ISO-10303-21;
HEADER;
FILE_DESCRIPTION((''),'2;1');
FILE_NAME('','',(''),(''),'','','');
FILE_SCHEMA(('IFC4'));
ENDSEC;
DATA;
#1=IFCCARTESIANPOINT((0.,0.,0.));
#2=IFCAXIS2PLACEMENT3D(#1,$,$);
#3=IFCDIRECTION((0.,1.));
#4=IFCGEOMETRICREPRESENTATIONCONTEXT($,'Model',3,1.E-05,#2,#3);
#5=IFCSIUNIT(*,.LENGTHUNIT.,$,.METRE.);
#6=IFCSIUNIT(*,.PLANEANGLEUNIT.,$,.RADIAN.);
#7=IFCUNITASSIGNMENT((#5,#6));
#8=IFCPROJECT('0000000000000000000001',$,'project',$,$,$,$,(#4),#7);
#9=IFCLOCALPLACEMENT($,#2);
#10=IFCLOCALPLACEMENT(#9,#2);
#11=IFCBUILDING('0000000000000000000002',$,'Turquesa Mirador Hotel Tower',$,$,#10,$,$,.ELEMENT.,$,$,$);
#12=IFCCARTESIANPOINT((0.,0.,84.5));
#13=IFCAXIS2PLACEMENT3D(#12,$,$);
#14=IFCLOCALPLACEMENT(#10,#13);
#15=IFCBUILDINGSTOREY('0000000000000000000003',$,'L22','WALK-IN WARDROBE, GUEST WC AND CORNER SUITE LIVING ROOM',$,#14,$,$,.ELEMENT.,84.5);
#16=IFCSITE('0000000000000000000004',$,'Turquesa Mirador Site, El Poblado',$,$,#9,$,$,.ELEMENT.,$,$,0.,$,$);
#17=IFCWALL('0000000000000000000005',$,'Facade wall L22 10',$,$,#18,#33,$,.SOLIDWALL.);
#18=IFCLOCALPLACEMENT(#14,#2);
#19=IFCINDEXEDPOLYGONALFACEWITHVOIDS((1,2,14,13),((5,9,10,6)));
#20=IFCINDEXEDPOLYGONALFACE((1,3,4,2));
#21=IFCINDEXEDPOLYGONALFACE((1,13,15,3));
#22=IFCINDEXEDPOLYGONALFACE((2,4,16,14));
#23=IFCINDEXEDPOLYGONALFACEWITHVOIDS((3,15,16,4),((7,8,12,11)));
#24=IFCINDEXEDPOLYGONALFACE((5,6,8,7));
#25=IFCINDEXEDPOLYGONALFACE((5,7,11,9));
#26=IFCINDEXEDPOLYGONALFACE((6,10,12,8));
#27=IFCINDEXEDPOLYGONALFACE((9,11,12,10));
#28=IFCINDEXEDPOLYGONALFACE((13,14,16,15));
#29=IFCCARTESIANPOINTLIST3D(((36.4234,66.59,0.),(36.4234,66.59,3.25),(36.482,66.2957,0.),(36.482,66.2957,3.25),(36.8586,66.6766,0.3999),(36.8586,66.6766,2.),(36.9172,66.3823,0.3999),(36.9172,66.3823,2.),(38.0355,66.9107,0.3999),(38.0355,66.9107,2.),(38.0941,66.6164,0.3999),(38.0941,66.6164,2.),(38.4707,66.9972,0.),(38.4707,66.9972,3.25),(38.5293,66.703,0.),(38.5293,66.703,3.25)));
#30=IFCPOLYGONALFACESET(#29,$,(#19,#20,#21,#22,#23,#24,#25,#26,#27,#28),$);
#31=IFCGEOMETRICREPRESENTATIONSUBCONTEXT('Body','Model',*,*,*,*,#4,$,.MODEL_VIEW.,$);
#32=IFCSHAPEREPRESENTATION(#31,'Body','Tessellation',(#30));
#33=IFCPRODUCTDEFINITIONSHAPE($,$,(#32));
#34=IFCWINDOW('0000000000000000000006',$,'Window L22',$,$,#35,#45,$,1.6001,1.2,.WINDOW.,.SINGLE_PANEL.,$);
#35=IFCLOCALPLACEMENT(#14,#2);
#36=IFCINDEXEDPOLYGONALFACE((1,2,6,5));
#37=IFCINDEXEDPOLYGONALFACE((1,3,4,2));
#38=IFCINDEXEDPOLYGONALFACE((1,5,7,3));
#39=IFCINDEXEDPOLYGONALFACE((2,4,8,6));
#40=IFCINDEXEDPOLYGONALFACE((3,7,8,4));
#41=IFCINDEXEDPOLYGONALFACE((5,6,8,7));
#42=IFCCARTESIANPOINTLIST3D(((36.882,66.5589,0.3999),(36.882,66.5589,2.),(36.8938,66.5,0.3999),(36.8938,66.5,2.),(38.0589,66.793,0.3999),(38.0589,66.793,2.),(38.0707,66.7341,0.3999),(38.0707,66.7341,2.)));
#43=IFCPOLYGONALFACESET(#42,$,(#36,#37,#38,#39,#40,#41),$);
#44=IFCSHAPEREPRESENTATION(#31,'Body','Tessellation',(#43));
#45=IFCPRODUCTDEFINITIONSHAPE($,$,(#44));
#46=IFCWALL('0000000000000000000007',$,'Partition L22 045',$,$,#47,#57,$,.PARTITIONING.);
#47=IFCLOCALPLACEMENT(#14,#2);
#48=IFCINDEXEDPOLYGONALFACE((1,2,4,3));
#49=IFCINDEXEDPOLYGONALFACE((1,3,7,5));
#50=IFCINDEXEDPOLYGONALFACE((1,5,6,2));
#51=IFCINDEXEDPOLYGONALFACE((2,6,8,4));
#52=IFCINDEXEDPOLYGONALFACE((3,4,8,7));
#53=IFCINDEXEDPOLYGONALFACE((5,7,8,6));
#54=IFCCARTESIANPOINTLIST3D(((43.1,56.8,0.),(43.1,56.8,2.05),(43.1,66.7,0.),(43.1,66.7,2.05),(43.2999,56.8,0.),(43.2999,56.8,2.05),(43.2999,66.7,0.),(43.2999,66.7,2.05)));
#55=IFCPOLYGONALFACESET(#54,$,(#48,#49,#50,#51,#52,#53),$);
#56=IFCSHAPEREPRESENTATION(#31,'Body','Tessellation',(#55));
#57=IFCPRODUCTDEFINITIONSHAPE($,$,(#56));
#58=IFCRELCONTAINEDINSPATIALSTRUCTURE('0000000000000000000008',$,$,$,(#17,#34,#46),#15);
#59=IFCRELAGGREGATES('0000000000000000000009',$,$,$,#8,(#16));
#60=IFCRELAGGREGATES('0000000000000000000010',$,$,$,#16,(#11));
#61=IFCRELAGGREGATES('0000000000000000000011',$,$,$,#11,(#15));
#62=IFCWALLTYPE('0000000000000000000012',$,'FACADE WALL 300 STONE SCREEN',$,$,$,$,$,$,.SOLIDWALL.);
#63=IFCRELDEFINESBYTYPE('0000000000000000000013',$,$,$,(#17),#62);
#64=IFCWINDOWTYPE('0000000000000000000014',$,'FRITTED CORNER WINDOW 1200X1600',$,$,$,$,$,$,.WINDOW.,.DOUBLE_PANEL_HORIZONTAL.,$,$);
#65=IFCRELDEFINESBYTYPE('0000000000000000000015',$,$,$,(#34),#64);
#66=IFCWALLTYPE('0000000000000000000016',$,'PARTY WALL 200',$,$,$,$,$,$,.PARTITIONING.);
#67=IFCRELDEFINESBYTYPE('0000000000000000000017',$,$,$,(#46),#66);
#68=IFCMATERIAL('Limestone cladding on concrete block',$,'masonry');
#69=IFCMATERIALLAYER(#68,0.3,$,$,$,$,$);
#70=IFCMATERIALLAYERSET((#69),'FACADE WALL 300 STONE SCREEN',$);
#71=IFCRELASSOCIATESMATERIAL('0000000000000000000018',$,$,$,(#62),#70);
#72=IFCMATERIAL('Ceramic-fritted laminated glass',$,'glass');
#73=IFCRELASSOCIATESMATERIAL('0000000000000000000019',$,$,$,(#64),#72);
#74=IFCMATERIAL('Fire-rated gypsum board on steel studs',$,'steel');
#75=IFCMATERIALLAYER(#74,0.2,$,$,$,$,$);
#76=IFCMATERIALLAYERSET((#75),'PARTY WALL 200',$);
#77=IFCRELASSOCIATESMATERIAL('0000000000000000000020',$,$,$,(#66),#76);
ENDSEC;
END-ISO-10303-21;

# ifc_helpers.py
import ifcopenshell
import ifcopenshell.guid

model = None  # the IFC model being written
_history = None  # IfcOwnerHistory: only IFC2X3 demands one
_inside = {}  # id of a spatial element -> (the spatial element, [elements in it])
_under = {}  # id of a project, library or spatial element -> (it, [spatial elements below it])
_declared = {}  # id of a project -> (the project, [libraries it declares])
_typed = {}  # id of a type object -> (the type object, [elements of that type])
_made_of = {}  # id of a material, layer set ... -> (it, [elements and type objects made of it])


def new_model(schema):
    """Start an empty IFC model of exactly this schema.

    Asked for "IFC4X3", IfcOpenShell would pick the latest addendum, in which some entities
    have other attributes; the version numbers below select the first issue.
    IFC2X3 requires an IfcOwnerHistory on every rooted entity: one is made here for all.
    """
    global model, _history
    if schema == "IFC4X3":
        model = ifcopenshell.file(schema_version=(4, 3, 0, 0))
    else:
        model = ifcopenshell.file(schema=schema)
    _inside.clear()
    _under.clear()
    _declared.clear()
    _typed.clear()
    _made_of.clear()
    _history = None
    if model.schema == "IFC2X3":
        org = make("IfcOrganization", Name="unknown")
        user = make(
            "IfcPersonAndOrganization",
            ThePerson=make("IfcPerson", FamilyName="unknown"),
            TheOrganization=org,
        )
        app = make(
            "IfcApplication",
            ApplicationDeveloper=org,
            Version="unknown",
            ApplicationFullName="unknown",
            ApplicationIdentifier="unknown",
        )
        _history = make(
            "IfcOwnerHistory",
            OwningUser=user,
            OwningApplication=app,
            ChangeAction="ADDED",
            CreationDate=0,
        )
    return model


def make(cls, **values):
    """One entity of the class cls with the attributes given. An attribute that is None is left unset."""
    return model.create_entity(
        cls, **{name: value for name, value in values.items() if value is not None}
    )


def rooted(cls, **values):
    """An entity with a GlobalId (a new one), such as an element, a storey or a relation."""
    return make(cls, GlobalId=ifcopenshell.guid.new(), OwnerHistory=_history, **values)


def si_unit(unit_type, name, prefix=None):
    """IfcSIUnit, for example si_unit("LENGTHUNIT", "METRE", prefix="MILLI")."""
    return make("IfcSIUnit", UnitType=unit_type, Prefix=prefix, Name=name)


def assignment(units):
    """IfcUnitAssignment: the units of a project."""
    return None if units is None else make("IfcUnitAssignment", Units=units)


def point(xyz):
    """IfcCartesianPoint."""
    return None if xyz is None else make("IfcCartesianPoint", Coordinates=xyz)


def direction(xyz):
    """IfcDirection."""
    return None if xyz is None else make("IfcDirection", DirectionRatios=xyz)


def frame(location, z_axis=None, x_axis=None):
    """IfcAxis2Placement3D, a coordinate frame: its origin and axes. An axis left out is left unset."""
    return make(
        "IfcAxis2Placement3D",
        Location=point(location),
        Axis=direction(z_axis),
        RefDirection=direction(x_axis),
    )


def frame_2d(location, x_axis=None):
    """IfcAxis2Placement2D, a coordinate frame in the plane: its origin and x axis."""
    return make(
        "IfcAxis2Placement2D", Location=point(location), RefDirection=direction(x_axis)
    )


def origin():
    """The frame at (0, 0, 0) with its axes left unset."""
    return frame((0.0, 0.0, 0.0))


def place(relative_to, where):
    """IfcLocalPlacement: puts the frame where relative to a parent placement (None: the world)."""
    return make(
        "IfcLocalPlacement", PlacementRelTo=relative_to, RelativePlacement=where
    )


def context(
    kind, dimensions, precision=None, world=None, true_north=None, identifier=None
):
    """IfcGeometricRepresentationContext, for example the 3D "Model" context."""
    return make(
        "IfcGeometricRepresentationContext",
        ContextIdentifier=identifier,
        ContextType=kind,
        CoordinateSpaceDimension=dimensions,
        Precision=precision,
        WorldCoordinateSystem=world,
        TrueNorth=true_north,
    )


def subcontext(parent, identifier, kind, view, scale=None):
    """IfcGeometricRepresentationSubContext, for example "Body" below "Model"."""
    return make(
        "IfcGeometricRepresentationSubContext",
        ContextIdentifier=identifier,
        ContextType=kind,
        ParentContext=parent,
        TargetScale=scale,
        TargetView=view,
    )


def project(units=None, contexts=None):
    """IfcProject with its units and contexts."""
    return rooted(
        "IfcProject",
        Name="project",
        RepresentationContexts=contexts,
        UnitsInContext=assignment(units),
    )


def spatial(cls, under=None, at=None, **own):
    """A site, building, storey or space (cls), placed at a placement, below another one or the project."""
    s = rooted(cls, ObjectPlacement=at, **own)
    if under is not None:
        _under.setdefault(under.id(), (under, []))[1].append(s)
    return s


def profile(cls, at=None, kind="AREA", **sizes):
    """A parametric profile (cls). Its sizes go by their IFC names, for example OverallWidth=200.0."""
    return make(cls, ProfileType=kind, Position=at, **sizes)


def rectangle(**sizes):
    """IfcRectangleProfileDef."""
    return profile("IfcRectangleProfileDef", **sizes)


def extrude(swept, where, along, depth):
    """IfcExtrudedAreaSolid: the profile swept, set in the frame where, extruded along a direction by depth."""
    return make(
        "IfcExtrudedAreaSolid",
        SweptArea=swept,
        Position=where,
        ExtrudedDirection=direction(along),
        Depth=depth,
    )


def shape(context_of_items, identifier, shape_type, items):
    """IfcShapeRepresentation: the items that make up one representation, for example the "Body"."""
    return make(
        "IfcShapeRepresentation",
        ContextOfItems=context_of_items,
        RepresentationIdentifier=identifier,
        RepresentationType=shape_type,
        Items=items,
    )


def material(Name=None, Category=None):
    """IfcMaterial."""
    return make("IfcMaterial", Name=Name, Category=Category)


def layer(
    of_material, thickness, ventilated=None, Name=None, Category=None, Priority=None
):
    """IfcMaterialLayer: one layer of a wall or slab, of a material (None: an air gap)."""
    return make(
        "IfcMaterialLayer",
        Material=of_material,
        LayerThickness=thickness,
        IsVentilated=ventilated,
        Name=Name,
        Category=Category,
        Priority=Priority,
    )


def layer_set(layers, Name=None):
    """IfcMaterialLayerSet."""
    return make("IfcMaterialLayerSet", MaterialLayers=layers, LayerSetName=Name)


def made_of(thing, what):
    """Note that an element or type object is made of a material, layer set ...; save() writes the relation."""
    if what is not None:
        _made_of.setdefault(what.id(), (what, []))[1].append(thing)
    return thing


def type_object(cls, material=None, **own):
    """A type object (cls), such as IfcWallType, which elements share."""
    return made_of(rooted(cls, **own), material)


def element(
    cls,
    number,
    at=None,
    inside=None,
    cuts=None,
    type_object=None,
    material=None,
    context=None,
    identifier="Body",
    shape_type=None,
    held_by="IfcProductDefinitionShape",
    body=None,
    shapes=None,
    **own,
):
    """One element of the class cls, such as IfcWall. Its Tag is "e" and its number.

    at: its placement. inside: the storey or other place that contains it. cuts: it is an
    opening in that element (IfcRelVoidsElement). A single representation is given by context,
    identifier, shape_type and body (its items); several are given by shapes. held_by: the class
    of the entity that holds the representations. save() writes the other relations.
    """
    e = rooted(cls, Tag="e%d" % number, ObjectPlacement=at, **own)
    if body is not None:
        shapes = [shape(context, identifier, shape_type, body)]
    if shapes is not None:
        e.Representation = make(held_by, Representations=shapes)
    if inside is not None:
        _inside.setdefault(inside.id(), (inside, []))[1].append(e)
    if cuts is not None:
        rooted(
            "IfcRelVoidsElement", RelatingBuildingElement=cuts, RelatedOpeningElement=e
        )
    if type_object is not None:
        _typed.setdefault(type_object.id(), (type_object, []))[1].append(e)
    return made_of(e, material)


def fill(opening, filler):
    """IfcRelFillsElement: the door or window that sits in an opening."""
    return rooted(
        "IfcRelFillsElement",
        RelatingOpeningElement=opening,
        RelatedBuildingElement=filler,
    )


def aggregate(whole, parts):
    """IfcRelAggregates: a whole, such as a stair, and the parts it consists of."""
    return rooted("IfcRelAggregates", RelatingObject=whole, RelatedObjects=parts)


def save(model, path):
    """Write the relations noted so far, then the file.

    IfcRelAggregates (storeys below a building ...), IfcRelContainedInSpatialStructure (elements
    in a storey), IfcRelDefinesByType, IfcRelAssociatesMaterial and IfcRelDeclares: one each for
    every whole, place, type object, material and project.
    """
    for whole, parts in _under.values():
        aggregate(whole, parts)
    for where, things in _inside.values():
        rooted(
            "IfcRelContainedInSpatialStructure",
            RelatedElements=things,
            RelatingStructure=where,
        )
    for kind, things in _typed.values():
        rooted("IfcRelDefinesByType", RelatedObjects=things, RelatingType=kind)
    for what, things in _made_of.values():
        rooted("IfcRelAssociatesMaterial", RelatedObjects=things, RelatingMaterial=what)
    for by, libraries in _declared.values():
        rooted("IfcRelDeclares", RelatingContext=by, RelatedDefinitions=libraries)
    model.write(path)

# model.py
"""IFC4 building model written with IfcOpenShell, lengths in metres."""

from ifc_helpers import new_model, si_unit, direction, frame, frame_2d, origin, place, context, subcontext, project, spatial, rectangle, extrude, material, layer, layer_set, type_object, element, fill, save


model = new_model("IFC4")

# Units and contexts
model_context = context("Model", 3, precision=1e-05, world=origin(), true_north=direction((0.0, 1.0)))
body_context = subcontext(model_context, "Body", "Model", "MODEL_VIEW")
ifc_project = project(units=[si_unit("LENGTHUNIT", "METRE"), si_unit("PLANEANGLEUNIT", "RADIAN")], contexts=[model_context])

# Site, building, storey
site_placement = place(None, origin())
site = spatial("IfcSite", under=ifc_project, at=site_placement, Name="Turquesa Mirador Site, El Poblado", CompositionType="ELEMENT", RefElevation=0.0)
building_placement = place(site_placement, origin())
building = spatial("IfcBuilding", under=site, at=building_placement, Name="Turquesa Mirador Hotel Tower", CompositionType="ELEMENT")
storey_placement = place(building_placement, frame((0.0, 0.0, 84.5)))
storey = spatial("IfcBuildingStorey", under=building, at=storey_placement, Name="L22", Description="WALK-IN WARDROBE, GUEST WC AND CORNER SUITE LIVING ROOM", CompositionType="ELEMENT", Elevation=84.5)

# Wall, opening, window
ifc_material_1 = material(Name="Limestone cladding on concrete block", Category="masonry")
ifc_layer_1 = layer(ifc_material_1, 0.3)
ifc_layer_set_1 = layer_set([ifc_layer_1], Name="FACADE WALL 300 STONE SCREEN")
wall_type_1 = type_object("IfcWallType", Name="FACADE WALL 300 STONE SCREEN", PredefinedType="SOLIDWALL", material=ifc_layer_set_1)
wall_1_placement = place(storey_placement, frame((38.5, 66.8501, 0.0), z_axis=(0.0, 0.0, 1.0), x_axis=(-0.980787, -0.195081, 0.0)))
wall_1 = element("IfcWall", 1, at=wall_1_placement, inside=storey, type_object=wall_type_1, Name="Facade wall L22 10", PredefinedType="SOLIDWALL", context=body_context, shape_type="SweptSolid", body=[
    extrude(rectangle(XDim=2.0874, YDim=0.3, at=frame_2d((1.0437, 0.0))), origin(), (0.0, 0.0, 1.0), 3.25),
])
opening_1_placement = place(wall_1_placement, frame((0.4436, 0.0, 0.3999)))
opening_1 = element("IfcOpeningElement", 2, at=opening_1_placement, cuts=wall_1, PredefinedType="OPENING", context=body_context, shape_type="SweptSolid", body=[
    extrude(rectangle(XDim=1.2, YDim=1.6001, at=frame_2d((0.6001, 0.8))), frame((0.0, 0.1599, 0.0), z_axis=(0.0, -1.0, 0.0), x_axis=(1.0, 0.0, 0.0)), (0.0, 0.0, 1.0), 0.3201),
])
ifc_material_2 = material(Name="Ceramic-fritted laminated glass", Category="glass")
window_type = type_object("IfcWindowType", Name="FRITTED CORNER WINDOW 1200X1600", PartitioningType="DOUBLE_PANEL_HORIZONTAL", PredefinedType="WINDOW", material=ifc_material_2)
window_placement = place(opening_1_placement, origin())
window = element("IfcWindow", 3, at=window_placement, inside=storey, type_object=window_type, Name="Window L22", OverallHeight=1.6001, OverallWidth=1.2, PartitioningType="SINGLE_PANEL", PredefinedType="WINDOW", context=body_context, shape_type="SweptSolid", body=[
    extrude(rectangle(XDim=1.2, YDim=1.6001, at=frame_2d((0.6001, 0.8))), frame((0.0, 0.03, 0.0), z_axis=(0.0, -1.0, 0.0), x_axis=(1.0, 0.0, 0.0)), (0.0, 0.0, 1.0), 0.0601),
])
fill(opening_1, window)

# Wall
ifc_material_3 = material(Name="Fire-rated gypsum board on steel studs", Category="steel")
ifc_layer_2 = layer(ifc_material_3, 0.2)
ifc_layer_set_2 = layer_set([ifc_layer_2], Name="PARTY WALL 200")
wall_type_2 = type_object("IfcWallType", Name="PARTY WALL 200", PredefinedType="PARTITIONING", material=ifc_layer_set_2)
wall_2_placement = place(storey_placement, frame((43.2, 56.8, 0.0), z_axis=(0.0, 0.0, 1.0), x_axis=(0.0, 1.0, 0.0)))
element("IfcWall", 4, at=wall_2_placement, inside=storey, type_object=wall_type_2, Name="Partition L22 045", PredefinedType="PARTITIONING", context=body_context, shape_type="SweptSolid", body=[
    extrude(rectangle(XDim=9.8999, YDim=0.2, at=frame_2d((4.95, 0.0))), origin(), (0.0, 0.0, 1.0), 2.05),
])

save(model, "model.ifc")
